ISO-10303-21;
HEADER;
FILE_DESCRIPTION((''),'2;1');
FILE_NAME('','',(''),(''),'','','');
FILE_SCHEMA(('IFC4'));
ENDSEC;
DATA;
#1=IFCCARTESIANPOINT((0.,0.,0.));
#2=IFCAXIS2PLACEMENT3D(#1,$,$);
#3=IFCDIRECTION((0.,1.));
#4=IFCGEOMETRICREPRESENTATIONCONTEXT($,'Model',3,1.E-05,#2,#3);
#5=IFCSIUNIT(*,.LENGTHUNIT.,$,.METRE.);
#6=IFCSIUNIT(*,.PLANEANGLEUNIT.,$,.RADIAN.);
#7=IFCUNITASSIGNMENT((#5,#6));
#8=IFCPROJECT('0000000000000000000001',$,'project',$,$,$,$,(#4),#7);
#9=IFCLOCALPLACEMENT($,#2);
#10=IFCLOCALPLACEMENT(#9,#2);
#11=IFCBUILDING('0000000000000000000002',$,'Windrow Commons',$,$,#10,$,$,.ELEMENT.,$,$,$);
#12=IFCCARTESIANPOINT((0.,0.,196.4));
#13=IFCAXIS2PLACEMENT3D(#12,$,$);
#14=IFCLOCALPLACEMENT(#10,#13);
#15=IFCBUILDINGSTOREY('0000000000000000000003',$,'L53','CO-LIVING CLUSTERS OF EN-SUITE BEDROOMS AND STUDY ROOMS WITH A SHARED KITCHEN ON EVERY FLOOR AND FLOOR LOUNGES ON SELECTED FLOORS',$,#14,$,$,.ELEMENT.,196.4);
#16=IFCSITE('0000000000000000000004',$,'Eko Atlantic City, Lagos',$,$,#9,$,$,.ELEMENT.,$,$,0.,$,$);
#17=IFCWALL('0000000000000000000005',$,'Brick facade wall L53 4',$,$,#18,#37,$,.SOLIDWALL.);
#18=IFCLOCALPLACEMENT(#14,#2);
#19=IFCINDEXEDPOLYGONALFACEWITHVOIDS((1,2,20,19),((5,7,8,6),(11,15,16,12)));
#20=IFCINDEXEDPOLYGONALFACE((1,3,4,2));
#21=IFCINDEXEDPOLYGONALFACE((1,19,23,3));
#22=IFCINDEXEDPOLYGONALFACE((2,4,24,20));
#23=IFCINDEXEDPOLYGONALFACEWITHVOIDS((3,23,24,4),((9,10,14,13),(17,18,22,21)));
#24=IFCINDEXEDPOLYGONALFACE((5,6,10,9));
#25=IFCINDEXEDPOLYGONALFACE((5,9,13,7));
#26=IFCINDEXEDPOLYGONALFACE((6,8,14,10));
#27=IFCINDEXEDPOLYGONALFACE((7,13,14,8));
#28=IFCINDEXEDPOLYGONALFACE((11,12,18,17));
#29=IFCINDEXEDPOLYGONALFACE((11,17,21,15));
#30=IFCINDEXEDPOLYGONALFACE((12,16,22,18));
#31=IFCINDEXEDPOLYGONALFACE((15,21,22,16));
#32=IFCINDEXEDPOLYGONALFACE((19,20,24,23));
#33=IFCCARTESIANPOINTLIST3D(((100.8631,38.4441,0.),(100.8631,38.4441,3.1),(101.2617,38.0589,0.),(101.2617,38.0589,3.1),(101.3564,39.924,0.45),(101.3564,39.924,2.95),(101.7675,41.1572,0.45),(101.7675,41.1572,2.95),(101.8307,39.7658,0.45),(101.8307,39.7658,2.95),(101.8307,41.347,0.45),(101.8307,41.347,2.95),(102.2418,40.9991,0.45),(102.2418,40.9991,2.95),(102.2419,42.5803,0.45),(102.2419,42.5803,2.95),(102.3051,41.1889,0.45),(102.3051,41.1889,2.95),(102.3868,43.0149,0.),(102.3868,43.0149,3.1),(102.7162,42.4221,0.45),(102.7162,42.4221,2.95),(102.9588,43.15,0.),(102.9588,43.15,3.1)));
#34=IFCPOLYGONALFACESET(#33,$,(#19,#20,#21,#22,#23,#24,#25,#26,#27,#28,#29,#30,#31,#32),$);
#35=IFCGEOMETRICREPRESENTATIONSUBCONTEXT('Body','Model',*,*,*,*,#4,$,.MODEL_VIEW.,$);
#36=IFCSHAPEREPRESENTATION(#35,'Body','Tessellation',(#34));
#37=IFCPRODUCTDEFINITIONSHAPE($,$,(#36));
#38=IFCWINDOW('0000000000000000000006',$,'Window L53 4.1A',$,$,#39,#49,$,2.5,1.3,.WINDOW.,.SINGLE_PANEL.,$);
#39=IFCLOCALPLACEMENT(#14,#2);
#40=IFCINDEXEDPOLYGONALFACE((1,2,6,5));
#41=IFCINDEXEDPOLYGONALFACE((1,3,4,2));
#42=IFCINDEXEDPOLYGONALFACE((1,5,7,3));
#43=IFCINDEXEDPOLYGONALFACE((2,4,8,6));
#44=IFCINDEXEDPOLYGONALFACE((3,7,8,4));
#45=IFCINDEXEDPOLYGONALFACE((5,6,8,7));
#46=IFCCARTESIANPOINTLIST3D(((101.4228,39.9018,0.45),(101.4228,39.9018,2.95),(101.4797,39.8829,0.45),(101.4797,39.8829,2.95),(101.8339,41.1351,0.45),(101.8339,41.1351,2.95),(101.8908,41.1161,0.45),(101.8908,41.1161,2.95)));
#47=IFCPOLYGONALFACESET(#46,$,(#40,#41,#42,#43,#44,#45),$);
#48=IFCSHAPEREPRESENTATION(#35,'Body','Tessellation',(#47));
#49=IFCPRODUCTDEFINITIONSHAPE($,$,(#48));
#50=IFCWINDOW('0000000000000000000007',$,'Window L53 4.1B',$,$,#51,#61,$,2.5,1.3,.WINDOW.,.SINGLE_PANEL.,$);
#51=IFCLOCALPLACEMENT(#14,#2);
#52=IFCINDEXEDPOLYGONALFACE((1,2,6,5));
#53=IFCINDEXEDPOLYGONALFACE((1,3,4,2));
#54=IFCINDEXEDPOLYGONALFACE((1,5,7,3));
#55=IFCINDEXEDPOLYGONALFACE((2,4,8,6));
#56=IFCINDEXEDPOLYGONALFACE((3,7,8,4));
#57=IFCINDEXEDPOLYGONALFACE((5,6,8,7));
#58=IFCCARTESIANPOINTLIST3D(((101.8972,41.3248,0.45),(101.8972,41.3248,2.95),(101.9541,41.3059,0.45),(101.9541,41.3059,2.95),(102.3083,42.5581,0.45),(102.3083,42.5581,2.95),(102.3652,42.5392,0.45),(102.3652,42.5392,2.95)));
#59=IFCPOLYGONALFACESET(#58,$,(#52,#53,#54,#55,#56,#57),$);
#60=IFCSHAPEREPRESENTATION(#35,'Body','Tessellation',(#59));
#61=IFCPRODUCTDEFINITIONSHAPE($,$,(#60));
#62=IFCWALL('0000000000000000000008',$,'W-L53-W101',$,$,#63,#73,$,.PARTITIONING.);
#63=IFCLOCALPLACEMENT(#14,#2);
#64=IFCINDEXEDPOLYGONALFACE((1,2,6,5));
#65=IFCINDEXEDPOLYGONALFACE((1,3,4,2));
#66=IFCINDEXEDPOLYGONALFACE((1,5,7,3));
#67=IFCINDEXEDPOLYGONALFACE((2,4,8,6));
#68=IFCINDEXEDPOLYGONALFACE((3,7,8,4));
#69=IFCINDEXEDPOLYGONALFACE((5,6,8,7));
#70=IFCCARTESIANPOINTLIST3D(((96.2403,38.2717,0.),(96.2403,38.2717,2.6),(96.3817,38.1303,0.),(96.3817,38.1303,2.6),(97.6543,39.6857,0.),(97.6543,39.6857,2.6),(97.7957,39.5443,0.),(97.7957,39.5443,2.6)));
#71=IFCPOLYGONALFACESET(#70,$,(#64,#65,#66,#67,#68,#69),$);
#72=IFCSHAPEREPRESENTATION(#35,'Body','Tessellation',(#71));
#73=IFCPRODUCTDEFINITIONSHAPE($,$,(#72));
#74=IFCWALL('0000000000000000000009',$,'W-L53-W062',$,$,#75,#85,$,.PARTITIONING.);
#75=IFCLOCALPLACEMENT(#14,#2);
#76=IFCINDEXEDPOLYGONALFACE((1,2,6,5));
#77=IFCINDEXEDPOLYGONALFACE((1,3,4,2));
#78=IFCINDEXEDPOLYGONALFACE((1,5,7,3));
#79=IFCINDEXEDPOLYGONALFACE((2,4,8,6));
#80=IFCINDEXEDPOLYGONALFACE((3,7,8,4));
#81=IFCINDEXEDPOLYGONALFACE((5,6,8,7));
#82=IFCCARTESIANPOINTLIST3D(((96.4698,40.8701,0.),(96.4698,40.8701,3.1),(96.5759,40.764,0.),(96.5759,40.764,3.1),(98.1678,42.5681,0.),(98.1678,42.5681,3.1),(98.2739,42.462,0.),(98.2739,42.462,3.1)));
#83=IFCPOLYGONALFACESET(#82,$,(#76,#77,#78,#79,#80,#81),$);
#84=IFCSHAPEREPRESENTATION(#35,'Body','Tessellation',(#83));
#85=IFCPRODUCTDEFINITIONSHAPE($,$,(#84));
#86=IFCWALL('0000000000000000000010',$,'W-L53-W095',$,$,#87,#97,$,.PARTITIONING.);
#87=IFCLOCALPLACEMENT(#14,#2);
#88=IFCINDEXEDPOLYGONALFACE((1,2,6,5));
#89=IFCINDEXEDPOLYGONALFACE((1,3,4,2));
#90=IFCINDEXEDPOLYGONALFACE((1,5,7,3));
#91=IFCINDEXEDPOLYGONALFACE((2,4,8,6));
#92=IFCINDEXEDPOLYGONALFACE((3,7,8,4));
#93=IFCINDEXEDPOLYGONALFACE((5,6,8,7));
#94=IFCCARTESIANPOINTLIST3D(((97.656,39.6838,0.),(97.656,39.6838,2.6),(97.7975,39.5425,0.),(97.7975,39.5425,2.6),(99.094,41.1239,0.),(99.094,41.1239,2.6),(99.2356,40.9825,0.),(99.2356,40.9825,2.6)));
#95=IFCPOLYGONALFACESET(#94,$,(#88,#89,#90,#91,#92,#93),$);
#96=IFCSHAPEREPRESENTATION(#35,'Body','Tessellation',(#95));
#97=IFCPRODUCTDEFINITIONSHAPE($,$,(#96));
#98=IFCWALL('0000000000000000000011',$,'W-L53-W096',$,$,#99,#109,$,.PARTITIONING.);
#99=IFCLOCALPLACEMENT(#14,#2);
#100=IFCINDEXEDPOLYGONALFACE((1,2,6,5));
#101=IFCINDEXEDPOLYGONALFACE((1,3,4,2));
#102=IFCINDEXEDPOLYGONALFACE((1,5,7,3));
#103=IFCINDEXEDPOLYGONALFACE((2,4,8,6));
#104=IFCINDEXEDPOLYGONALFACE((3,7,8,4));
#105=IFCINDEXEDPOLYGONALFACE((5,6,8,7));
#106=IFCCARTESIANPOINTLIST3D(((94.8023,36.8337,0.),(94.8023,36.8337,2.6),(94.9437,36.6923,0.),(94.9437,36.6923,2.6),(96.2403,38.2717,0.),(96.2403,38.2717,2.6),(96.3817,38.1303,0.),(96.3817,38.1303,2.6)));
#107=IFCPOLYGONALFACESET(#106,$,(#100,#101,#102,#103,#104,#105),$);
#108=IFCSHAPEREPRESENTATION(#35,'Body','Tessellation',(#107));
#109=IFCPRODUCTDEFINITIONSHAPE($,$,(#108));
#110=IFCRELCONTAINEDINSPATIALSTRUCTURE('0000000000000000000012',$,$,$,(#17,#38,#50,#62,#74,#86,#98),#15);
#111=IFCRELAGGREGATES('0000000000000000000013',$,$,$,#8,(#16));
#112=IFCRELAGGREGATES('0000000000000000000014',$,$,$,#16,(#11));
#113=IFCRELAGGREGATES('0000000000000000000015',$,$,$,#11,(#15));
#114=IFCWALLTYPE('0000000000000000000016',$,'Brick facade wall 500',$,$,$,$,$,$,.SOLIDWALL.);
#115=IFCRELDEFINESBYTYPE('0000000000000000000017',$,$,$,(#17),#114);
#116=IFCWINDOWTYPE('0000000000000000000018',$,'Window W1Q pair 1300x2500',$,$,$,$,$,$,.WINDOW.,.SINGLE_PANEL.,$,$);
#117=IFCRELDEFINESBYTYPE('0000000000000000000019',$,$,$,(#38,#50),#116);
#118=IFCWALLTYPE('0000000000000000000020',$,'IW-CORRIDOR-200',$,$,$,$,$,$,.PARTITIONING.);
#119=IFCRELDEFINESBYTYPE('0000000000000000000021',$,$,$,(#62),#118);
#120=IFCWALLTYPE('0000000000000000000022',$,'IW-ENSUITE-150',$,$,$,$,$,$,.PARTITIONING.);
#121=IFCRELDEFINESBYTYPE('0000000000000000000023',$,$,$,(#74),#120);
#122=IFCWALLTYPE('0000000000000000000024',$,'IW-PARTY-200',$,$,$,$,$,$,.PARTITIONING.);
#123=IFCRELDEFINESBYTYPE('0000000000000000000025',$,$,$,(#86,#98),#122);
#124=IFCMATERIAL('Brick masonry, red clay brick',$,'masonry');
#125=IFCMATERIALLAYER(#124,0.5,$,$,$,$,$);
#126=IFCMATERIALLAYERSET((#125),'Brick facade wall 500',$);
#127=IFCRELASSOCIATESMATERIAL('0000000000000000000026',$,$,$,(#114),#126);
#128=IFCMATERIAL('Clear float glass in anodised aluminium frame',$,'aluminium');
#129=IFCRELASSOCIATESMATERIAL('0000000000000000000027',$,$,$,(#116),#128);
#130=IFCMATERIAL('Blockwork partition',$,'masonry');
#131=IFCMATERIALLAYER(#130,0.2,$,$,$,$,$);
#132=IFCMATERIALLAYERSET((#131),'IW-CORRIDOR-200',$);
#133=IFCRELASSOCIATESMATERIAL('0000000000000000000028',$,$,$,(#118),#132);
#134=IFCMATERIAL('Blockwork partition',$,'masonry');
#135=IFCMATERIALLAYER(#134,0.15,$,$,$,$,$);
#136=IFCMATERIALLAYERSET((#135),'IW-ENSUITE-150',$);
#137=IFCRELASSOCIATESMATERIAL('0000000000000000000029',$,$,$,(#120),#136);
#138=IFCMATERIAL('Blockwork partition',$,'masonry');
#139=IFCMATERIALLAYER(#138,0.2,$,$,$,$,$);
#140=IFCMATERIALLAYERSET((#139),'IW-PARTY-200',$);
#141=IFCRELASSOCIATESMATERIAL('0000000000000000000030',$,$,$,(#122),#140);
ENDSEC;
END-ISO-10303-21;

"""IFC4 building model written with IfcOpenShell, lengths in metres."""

from ifc_helpers import new_model, si_unit, direction, frame, frame_2d, origin, place, context, subcontext, project, spatial, polyline, rectangle, outline, extrude, material, layer, layer_set, type_object, element, fill, save


model = new_model("IFC4")

# Units and contexts
model_context = context("Model", 3, precision=1e-05, world=origin(), true_north=direction((0.0, 1.0)))
body_context = subcontext(model_context, "Body", "Model", "MODEL_VIEW")
ifc_project = project(units=[si_unit("LENGTHUNIT", "METRE"), si_unit("PLANEANGLEUNIT", "RADIAN")], contexts=[model_context])

# Site, building, storey
site_placement = place(None, origin())
site = spatial("IfcSite", under=ifc_project, at=site_placement, Name="Eko Atlantic City, Lagos", CompositionType="ELEMENT", RefElevation=0.0)
building_placement = place(site_placement, origin())
building = spatial("IfcBuilding", under=site, at=building_placement, Name="Windrow Commons", CompositionType="ELEMENT")
storey_placement = place(building_placement, frame((0.0, 0.0, 196.4)))
storey = spatial("IfcBuildingStorey", under=building, at=storey_placement, Name="L53", Description="CO-LIVING CLUSTERS OF EN-SUITE BEDROOMS AND STUDY ROOMS WITH A SHARED KITCHEN ON EVERY FLOOR AND FLOOR LOUNGES ON SELECTED FLOORS", CompositionType="ELEMENT", Elevation=196.4)

# Wall, openings, windows
ifc_material_1 = material(Name="Brick masonry, red clay brick", Category="masonry")
ifc_layer_1 = layer(ifc_material_1, 0.5)
ifc_layer_set_1 = layer_set([ifc_layer_1], Name="Brick facade wall 500")
wall_type_1 = type_object("IfcWallType", Name="Brick facade wall 500", PredefinedType="SOLIDWALL", material=ifc_layer_set_1)
ifc_material_2 = material(Name="Clear float glass in anodised aluminium frame", Category="aluminium")
window_type = type_object("IfcWindowType", Name="Window W1Q pair 1300x2500", PartitioningType="SINGLE_PANEL", PredefinedType="WINDOW", material=ifc_material_2)
wall_1_placement = place(storey_placement, frame((101.0624, 38.2515, 0.0), z_axis=(0.0, 0.0, 1.0), x_axis=(0.31624, 0.948679, 0.0)))
wall_1 = element("IfcWall", 1, at=wall_1_placement, inside=storey, type_object=wall_type_1, Name="Brick facade wall L53 4", PredefinedType="SOLIDWALL", context=body_context, shape_type="SweptSolid", body=[
    extrude(outline(polyline([(-0.1197, -0.25), (5.2468, -0.25), (4.9378, 0.25), (0.1197, 0.25), (-0.1197, -0.25)])), origin(), (0.0, 0.0, 1.0), 3.1),
])
opening_1_placement = place(wall_1_placement, frame((1.6796, 0.0, 0.45)))
opening_1 = element("IfcOpeningElement", 2, at=opening_1_placement, cuts=wall_1, PredefinedType="OPENING", context=body_context, shape_type="SweptSolid", body=[
    extrude(rectangle(XDim=1.3, YDim=2.5, at=frame_2d((0.65, 1.25))), frame((0.0, 0.26, 0.0), z_axis=(0.0, -1.0, 0.0), x_axis=(1.0, 0.0, 0.0)), (0.0, 0.0, 1.0), 0.52),
])
opening_2_placement = place(wall_1_placement, frame((3.1796, 0.0, 0.45)))
opening_2 = element("IfcOpeningElement", 3, at=opening_2_placement, cuts=wall_1, PredefinedType="OPENING", context=body_context, shape_type="SweptSolid", body=[
    extrude(rectangle(XDim=1.3, YDim=2.5, at=frame_2d((0.65, 1.25))), frame((0.0, 0.26, 0.0), z_axis=(0.0, -1.0, 0.0), x_axis=(1.0, 0.0, 0.0)), (0.0, 0.0, 1.0), 0.52),
])
window_1_placement = place(opening_1_placement, origin())
window_1 = element("IfcWindow", 4, at=window_1_placement, inside=storey, type_object=window_type, Name="Window L53 4.1A", OverallHeight=2.5, OverallWidth=1.3, PartitioningType="SINGLE_PANEL", PredefinedType="WINDOW", context=body_context, shape_type="SweptSolid", body=[
    extrude(rectangle(XDim=1.3, YDim=2.5, at=frame_2d((0.65, 1.25))), frame((0.0, 0.18, 0.0), z_axis=(0.0, -1.0, 0.0), x_axis=(1.0, 0.0, 0.0)), (0.0, 0.0, 1.0), 0.06),
])
fill(opening_1, window_1)
window_2_placement = place(opening_2_placement, origin())
window_2 = element("IfcWindow", 5, at=window_2_placement, inside=storey, type_object=window_type, Name="Window L53 4.1B", OverallHeight=2.5, OverallWidth=1.3, PartitioningType="SINGLE_PANEL", PredefinedType="WINDOW", context=body_context, shape_type="SweptSolid", body=[
    extrude(rectangle(XDim=1.3, YDim=2.5, at=frame_2d((0.65, 1.25))), frame((0.0, 0.18, 0.0), z_axis=(0.0, -1.0, 0.0), x_axis=(1.0, 0.0, 0.0)), (0.0, 0.0, 1.0), 0.06),
])
fill(opening_2, window_2)

# Walls
ifc_material_3 = material(Name="Blockwork partition", Category="masonry")
ifc_layer_2 = layer(ifc_material_3, 0.2)
ifc_layer_set_2 = layer_set([ifc_layer_2], Name="IW-CORRIDOR-200")
wall_type_2 = type_object("IfcWallType", Name="IW-CORRIDOR-200", PredefinedType="PARTITIONING", material=ifc_layer_set_2)
wall_2_placement = place(storey_placement, frame((96.311, 38.201, 0.0), z_axis=(0.0, 0.0, 1.0), x_axis=(0.707107, 0.707107, 0.0)))
element("IfcWall", 6, at=wall_2_placement, inside=storey, type_object=wall_type_2, Name="W-L53-W101", PredefinedType="PARTITIONING", context=body_context, shape_type="SweptSolid", body=[
    extrude(rectangle(XDim=1.9997, YDim=0.2, at=frame_2d((0.9999, 0.0))), origin(), (0.0, 0.0, 1.0), 2.6),
])
ifc_material_4 = material(Name="Blockwork partition", Category="masonry")
ifc_layer_3 = layer(ifc_material_4, 0.15)
ifc_layer_set_3 = layer_set([ifc_layer_3], Name="IW-ENSUITE-150")
wall_type_3 = type_object("IfcWallType", Name="IW-ENSUITE-150", PredefinedType="PARTITIONING", material=ifc_layer_set_3)
wall_3_placement = place(storey_placement, frame((96.5229, 40.8171, 0.0), z_axis=(0.0, 0.0, 1.0), x_axis=(0.707107, 0.707107, 0.0)))
element("IfcWall", 7, at=wall_3_placement, inside=storey, type_object=wall_type_3, Name="W-L53-W062", PredefinedType="PARTITIONING", context=body_context, shape_type="SweptSolid", body=[
    extrude(rectangle(XDim=2.4013, YDim=0.15, at=frame_2d((1.2006, 0.0))), origin(), (0.0, 0.0, 1.0), 3.1),
])
ifc_material_5 = material(Name="Blockwork partition", Category="masonry")
ifc_layer_4 = layer(ifc_material_5, 0.2)
ifc_layer_set_4 = layer_set([ifc_layer_4], Name="IW-PARTY-200")
wall_type_4 = type_object("IfcWallType", Name="IW-PARTY-200", PredefinedType="PARTITIONING", material=ifc_layer_set_4)
wall_4_placement = place(storey_placement, frame((97.7268, 39.6132, 0.0), z_axis=(0.0, 0.0, 1.0), x_axis=(0.706615, 0.707598, 0.0)))
element("IfcWall", 8, at=wall_4_placement, inside=storey, type_object=wall_type_4, Name="W-L53-W095", PredefinedType="PARTITIONING", context=body_context, shape_type="SweptSolid", body=[
    extrude(rectangle(XDim=2.0351, YDim=0.2, at=frame_2d((1.0175, 0.0))), origin(), (0.0, 0.0, 1.0), 2.6),
])
wall_5_placement = place(storey_placement, frame((94.873, 36.763, 0.0), z_axis=(0.0, 0.0, 1.0), x_axis=(0.707107, 0.707107, 0.0)))
element("IfcWall", 9, at=wall_5_placement, inside=storey, type_object=wall_type_4, Name="W-L53-W096", PredefinedType="PARTITIONING", context=body_context, shape_type="SweptSolid", body=[
    extrude(rectangle(XDim=2.0336, YDim=0.2, at=frame_2d((1.0168, 0.0))), origin(), (0.0, 0.0, 1.0), 2.6),
])

save(model, "model.ifc")
